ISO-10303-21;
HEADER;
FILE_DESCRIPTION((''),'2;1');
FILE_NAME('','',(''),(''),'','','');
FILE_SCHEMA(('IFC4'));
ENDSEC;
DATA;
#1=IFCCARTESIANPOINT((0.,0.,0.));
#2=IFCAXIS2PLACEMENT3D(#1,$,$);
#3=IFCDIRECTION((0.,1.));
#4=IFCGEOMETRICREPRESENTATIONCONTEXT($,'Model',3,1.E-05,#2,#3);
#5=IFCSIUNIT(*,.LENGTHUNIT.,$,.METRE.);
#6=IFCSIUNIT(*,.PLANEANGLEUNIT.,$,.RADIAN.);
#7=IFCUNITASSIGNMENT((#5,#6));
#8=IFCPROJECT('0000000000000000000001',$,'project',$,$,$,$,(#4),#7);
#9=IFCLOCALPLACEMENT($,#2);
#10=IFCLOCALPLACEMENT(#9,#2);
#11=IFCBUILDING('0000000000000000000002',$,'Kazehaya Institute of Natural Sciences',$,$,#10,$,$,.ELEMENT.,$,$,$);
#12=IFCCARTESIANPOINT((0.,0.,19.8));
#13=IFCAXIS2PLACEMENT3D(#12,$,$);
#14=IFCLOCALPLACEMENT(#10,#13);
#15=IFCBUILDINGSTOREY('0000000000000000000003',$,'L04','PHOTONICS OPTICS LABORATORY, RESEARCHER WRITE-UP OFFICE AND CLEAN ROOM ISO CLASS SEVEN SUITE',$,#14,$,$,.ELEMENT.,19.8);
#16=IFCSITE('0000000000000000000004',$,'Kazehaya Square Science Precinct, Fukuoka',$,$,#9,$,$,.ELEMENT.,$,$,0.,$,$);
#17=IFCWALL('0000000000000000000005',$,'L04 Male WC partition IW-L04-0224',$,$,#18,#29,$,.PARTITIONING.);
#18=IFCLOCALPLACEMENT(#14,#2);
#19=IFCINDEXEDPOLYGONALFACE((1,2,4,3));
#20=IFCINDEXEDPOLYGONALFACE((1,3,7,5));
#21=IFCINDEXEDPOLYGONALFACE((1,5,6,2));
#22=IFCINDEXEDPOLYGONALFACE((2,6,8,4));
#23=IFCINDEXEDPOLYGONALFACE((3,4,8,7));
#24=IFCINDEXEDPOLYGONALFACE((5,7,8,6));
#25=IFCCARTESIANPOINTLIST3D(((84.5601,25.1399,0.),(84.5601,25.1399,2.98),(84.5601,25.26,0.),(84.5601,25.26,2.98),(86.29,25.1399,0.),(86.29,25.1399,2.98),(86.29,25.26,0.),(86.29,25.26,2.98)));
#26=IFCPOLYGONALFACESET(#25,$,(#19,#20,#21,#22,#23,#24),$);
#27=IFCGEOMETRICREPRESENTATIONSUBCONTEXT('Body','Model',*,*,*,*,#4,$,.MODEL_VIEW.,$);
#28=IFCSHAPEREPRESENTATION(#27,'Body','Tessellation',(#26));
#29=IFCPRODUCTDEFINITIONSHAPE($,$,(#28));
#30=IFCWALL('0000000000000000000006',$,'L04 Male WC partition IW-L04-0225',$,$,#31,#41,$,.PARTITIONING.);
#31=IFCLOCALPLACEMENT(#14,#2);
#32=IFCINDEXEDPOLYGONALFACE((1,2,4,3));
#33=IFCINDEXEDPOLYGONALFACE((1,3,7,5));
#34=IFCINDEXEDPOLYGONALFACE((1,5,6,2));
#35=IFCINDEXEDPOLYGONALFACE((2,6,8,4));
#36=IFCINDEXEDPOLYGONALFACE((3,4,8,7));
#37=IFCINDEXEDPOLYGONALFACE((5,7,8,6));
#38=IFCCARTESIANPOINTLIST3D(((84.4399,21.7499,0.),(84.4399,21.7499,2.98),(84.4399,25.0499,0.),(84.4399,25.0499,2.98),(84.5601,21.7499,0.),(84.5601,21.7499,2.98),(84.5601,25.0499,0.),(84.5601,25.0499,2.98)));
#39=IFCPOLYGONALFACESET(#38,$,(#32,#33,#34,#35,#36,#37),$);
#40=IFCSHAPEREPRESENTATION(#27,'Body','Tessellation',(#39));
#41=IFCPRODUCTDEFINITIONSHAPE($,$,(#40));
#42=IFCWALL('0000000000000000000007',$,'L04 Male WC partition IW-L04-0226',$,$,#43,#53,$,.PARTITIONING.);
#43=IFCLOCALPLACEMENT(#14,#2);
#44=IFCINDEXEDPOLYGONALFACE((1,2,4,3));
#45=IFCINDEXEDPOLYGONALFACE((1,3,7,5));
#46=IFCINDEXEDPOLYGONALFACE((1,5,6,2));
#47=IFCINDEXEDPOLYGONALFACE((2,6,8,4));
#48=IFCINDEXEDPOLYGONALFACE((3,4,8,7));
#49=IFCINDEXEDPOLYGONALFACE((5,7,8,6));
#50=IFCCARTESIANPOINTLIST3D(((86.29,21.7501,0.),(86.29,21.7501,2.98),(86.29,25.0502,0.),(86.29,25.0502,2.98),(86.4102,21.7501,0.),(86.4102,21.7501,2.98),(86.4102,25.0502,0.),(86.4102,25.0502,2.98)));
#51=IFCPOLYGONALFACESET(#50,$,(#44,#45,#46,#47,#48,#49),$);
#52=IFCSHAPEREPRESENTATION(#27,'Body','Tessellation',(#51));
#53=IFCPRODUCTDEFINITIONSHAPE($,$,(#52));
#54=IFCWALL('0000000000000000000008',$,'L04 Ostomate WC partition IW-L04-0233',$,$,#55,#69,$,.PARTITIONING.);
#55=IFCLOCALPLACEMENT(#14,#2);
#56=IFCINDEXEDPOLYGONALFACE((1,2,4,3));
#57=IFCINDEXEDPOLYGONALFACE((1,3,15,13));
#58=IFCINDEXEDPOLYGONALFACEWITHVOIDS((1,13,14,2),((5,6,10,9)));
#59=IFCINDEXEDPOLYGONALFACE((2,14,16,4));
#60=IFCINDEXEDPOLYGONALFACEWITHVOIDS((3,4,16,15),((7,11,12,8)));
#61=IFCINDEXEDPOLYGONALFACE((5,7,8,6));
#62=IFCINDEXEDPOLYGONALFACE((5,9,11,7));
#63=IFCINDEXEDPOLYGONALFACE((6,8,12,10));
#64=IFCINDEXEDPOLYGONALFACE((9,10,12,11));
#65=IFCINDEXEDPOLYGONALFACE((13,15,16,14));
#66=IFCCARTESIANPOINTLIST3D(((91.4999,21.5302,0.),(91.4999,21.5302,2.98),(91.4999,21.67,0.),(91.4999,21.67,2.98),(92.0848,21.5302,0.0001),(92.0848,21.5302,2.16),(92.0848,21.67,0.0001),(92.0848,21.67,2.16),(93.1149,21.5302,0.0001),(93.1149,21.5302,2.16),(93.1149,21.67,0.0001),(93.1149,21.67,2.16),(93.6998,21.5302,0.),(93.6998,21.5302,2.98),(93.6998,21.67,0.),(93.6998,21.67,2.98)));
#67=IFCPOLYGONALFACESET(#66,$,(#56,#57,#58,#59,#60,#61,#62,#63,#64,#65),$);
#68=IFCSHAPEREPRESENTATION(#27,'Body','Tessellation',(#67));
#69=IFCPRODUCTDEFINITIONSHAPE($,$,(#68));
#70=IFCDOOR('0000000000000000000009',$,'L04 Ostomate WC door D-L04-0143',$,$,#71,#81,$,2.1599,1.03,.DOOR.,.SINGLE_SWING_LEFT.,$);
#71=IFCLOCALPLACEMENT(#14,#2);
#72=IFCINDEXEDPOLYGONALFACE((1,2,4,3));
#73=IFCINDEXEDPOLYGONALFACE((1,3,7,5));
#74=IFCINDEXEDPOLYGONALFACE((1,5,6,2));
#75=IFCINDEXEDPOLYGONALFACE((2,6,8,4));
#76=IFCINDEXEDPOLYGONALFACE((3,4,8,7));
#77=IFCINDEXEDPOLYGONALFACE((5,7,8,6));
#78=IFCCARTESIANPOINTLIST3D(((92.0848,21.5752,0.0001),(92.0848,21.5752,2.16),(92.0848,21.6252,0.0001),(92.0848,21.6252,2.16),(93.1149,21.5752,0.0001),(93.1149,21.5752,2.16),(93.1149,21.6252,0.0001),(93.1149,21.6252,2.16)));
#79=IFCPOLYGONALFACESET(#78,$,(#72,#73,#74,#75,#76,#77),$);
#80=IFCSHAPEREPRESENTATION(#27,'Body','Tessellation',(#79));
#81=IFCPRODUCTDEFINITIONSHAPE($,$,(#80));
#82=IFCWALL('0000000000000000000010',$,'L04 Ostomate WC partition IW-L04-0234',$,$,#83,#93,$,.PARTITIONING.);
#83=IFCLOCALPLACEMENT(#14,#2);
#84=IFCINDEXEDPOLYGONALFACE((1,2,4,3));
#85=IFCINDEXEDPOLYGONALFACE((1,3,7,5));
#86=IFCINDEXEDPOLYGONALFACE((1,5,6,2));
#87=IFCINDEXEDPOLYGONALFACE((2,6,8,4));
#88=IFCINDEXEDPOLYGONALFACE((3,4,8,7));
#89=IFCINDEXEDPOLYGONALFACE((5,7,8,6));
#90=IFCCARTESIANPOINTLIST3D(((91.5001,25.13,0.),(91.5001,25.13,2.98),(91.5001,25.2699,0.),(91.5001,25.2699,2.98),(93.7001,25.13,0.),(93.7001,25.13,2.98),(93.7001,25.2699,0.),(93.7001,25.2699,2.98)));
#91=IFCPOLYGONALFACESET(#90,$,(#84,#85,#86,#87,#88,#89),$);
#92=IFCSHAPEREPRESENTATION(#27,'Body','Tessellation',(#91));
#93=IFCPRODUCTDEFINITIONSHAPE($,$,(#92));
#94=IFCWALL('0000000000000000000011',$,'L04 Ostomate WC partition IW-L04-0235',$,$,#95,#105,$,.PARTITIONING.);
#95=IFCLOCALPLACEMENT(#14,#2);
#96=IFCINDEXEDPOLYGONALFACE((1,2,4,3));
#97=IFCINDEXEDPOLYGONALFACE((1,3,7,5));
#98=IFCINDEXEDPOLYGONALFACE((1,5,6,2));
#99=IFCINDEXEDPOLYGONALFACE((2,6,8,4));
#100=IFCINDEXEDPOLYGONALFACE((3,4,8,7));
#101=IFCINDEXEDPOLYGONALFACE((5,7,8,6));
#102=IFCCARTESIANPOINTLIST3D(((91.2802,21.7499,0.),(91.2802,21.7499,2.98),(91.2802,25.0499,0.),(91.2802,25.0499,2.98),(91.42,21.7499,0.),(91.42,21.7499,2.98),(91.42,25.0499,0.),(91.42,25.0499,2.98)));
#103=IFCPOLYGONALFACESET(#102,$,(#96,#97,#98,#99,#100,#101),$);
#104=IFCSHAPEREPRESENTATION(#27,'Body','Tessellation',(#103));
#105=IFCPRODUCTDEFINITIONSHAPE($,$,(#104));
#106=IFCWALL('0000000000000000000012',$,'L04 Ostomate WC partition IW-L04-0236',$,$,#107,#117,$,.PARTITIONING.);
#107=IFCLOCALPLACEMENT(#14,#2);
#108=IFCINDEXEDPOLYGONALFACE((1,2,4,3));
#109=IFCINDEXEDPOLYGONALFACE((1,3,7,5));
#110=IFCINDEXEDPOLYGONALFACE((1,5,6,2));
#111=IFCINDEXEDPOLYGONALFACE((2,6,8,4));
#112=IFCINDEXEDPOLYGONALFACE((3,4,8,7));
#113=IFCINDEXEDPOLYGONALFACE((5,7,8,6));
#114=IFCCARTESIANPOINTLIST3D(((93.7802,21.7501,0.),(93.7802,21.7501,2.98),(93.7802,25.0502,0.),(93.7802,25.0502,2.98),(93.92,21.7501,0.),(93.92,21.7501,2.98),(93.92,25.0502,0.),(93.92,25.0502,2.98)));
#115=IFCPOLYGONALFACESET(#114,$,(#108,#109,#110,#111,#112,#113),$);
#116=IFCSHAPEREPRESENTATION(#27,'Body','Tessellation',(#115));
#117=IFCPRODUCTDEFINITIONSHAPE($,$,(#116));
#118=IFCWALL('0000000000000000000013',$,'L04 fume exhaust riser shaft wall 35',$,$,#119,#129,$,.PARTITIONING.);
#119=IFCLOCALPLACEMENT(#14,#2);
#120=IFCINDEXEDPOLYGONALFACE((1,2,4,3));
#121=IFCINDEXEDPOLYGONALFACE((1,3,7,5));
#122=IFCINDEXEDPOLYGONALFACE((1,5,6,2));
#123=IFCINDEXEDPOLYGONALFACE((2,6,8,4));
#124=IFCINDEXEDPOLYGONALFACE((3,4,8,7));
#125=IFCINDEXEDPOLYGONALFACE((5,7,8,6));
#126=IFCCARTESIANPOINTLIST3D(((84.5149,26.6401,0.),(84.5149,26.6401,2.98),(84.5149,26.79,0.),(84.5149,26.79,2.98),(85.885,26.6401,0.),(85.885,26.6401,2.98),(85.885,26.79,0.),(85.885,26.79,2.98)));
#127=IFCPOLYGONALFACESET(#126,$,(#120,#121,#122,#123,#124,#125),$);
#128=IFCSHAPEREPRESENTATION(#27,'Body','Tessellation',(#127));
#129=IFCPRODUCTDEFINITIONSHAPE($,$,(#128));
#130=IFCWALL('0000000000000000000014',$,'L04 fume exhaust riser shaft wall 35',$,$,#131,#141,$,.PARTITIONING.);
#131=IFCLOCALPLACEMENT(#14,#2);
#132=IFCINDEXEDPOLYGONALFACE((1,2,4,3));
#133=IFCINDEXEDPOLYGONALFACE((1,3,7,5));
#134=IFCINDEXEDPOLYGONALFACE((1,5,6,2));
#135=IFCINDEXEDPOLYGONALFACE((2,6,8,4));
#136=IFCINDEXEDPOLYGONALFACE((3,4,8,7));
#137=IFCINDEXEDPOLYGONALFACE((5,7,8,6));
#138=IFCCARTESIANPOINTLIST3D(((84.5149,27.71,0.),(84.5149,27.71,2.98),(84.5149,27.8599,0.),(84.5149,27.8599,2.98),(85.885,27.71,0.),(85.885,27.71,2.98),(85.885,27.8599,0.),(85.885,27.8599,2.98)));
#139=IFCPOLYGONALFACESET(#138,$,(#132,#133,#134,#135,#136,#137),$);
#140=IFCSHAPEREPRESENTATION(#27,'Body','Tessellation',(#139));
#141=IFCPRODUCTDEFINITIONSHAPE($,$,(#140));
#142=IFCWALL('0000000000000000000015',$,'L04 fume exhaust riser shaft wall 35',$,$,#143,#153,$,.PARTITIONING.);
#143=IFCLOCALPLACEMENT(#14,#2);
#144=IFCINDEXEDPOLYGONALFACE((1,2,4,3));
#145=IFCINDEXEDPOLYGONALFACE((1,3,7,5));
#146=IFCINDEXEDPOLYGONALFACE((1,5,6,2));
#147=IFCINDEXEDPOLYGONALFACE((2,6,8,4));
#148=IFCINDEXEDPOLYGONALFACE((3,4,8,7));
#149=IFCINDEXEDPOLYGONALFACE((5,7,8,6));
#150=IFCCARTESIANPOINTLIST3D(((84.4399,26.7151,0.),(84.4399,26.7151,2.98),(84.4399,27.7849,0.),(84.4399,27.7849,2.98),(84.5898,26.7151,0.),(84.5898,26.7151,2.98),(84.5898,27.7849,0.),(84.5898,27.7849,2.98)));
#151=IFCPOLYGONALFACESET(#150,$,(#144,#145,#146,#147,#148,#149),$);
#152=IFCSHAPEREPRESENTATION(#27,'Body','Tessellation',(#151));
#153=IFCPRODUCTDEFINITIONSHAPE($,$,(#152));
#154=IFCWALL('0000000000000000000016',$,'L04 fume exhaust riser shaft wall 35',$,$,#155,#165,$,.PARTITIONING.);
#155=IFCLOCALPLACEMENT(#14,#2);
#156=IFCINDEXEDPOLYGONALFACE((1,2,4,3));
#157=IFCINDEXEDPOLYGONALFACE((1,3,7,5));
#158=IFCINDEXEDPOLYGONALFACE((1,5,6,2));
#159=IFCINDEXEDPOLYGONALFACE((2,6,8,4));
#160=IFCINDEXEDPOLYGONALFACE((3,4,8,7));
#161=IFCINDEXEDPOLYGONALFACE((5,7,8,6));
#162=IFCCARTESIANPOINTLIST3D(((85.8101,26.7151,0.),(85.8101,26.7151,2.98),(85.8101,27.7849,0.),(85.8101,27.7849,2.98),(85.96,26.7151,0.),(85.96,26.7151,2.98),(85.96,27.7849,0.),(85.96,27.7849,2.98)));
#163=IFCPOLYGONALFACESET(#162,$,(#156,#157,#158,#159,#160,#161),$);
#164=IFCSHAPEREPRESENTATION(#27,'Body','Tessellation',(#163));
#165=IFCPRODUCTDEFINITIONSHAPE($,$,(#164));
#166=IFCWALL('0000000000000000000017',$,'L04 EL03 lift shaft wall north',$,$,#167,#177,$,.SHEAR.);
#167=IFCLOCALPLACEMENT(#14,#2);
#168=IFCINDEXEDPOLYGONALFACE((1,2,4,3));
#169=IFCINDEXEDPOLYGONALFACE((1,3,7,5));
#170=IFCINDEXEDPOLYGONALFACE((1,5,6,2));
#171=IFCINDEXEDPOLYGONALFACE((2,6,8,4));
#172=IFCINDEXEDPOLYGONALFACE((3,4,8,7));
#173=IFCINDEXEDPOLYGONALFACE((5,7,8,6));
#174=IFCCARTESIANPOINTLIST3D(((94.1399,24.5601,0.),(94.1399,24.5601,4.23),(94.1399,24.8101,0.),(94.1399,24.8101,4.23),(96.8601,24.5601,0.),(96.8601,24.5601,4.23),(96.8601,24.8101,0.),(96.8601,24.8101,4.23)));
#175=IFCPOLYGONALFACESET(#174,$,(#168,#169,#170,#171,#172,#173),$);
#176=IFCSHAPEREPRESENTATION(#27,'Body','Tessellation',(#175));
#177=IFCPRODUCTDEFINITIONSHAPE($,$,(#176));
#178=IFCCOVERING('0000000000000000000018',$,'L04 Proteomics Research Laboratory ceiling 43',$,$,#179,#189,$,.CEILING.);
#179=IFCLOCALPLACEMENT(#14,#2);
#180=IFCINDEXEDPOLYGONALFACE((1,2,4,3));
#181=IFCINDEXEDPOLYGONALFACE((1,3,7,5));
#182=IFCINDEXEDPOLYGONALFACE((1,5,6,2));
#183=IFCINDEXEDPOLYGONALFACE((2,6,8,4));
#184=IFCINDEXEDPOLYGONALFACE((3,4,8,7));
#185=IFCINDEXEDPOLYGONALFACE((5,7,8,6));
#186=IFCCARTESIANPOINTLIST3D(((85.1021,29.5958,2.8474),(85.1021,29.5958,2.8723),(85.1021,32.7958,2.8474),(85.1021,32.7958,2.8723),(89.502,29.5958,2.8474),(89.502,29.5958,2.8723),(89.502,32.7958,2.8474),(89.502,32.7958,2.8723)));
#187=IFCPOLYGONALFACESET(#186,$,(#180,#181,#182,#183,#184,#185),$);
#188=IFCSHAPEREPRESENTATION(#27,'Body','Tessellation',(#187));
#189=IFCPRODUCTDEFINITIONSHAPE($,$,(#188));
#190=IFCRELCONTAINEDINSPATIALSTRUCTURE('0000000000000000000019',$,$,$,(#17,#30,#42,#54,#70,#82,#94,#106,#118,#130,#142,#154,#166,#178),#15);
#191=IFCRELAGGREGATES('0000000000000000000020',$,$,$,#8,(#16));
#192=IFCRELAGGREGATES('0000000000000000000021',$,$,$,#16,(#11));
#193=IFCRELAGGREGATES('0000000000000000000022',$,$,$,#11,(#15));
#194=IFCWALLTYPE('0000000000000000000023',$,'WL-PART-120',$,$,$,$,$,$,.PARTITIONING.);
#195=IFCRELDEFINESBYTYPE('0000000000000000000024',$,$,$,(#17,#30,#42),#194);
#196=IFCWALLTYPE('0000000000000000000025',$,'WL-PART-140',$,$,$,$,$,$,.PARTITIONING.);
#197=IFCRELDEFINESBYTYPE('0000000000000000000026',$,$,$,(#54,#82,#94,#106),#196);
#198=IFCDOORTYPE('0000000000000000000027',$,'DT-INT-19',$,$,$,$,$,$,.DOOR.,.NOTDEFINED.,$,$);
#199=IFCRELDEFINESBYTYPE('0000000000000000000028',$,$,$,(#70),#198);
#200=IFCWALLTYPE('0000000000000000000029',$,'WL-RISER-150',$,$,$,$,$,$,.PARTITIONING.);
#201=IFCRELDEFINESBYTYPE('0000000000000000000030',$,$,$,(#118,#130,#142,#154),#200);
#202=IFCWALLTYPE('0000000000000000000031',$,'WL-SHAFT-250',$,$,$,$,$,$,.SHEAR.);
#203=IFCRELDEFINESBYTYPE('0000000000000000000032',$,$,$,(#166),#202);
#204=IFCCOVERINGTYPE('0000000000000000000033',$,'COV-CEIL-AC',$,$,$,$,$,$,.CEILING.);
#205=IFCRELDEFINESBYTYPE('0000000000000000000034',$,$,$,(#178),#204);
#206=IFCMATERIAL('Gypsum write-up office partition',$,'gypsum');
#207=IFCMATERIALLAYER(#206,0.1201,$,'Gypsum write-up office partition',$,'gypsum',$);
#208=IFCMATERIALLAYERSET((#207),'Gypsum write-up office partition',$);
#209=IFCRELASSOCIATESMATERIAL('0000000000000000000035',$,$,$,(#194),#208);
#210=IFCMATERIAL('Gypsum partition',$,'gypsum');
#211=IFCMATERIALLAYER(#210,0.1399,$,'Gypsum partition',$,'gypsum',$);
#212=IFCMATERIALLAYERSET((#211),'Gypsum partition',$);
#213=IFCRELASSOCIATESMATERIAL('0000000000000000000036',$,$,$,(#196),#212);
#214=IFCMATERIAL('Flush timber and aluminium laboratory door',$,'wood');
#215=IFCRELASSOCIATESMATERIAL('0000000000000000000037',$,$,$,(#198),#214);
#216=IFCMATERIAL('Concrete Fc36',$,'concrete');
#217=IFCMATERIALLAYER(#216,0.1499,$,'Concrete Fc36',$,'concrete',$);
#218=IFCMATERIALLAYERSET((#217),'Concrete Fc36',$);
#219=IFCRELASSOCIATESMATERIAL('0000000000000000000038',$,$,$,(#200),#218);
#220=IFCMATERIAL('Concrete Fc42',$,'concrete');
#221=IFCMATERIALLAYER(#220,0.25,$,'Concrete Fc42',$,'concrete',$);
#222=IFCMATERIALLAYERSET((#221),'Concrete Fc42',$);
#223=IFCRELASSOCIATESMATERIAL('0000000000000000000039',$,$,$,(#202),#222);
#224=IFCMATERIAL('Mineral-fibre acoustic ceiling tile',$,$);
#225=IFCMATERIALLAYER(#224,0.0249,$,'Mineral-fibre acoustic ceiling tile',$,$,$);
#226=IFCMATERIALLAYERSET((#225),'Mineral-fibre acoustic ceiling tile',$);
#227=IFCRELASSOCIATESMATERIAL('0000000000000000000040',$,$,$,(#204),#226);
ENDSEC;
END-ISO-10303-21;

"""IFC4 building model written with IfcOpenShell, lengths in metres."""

from ifc_helpers import new_model, si_unit, direction, frame, frame_2d, origin, origin_2d, place, context, subcontext, project, spatial, rectangle, extrude, material, layer, layer_set, type_object, element, fill, save


model = new_model("IFC4")

# Units and contexts
model_context = context("Model", 3, precision=1e-05, world=origin(), true_north=direction((0.0, 1.0)))
body_context = subcontext(model_context, "Body", "Model", "MODEL_VIEW")
ifc_project = project(units=[si_unit("LENGTHUNIT", "METRE"), si_unit("PLANEANGLEUNIT", "RADIAN")], contexts=[model_context])

# Site, building, storey
site_placement = place(None, origin())
site = spatial("IfcSite", under=ifc_project, at=site_placement, Name="Kazehaya Square Science Precinct, Fukuoka", CompositionType="ELEMENT", RefElevation=0.0)
building_placement = place(site_placement, origin())
building = spatial("IfcBuilding", under=site, at=building_placement, Name="Kazehaya Institute of Natural Sciences", CompositionType="ELEMENT")
storey_placement = place(building_placement, frame((0.0, 0.0, 19.8)))
storey = spatial("IfcBuildingStorey", under=building, at=storey_placement, Name="L04", Description="PHOTONICS OPTICS LABORATORY, RESEARCHER WRITE-UP OFFICE AND CLEAN ROOM ISO CLASS SEVEN SUITE", CompositionType="ELEMENT", Elevation=19.8)

# Shared definitions
ifc_material_1 = material(Name="Concrete Fc42", Category="concrete")

# Shared definitions
ifc_material_2 = material(Name="Concrete Fc36", Category="concrete")

# Shared definitions
ifc_material_3 = material(Name="Flush timber and aluminium laboratory door", Category="wood")

# Walls
ifc_material_4 = material(Name="Gypsum write-up office partition", Category="gypsum")
ifc_layer_1 = layer(ifc_material_4, 0.1201, Name="Gypsum write-up office partition", Category="gypsum")
ifc_layer_set_1 = layer_set([ifc_layer_1], Name="Gypsum write-up office partition")
wall_type_1 = type_object("IfcWallType", Name="WL-PART-120", PredefinedType="PARTITIONING", material=ifc_layer_set_1)
wall_1_placement = place(storey_placement, frame((84.5601, 25.2, 0.0), z_axis=(0.0, 0.0, 1.0), x_axis=(1.0, 0.0, 0.0)))
element("IfcWall", 1, at=wall_1_placement, inside=storey, type_object=wall_type_1, Name="L04 Male WC partition IW-L04-0224", PredefinedType="PARTITIONING", context=body_context, shape_type="SweptSolid", body=[
    extrude(rectangle(XDim=1.73, YDim=0.1201, at=frame_2d((0.865, 0.0))), origin(), (0.0, 0.0, 1.0), 2.98),
])
for number, where, z_axis, x_axis, name in (
    (2, (84.5, 21.75, 0.0), (0.0, 0.0, 1.0), (0.0, 1.0, 0.0), "L04 Male WC partition IW-L04-0225"),
    (3, (86.3501, 25.05, 0.0), (0.0, 0.0, 1.0), (0.0, -1.0, 0.0), "L04 Male WC partition IW-L04-0226"),
):
    element("IfcWall", number, at=place(storey_placement, frame(where, z_axis=z_axis, x_axis=x_axis)), inside=storey, type_object=wall_type_1, Name=name, PredefinedType="PARTITIONING", context=body_context, shape_type="SweptSolid", body=[
        extrude(rectangle(XDim=3.3, YDim=0.1201, at=frame_2d((1.6499, 0.0))), origin(), (0.0, 0.0, 1.0), 2.98),
    ])

# Wall, opening, door
ifc_material_5 = material(Name="Gypsum partition", Category="gypsum")
ifc_layer_2 = layer(ifc_material_5, 0.1399, Name="Gypsum partition", Category="gypsum")
ifc_layer_set_2 = layer_set([ifc_layer_2], Name="Gypsum partition")
wall_type_2 = type_object("IfcWallType", Name="WL-PART-140", PredefinedType="PARTITIONING", material=ifc_layer_set_2)
wall_2_placement = place(storey_placement, frame((93.7, 21.6001, 0.0), z_axis=(0.0, 0.0, 1.0), x_axis=(-1.0, 0.0, 0.0)))
wall_2 = element("IfcWall", 4, at=wall_2_placement, inside=storey, type_object=wall_type_2, Name="L04 Ostomate WC partition IW-L04-0233", PredefinedType="PARTITIONING", context=body_context, shape_type="SweptSolid", body=[
    extrude(rectangle(XDim=2.2, YDim=0.1399, at=frame_2d((1.1001, 0.0))), origin(), (0.0, 0.0, 1.0), 2.98),
])
opening_1_placement = place(wall_2_placement, frame((0.585, 0.0, 0.0)))
opening_1 = element("IfcOpeningElement", 5, at=opening_1_placement, cuts=wall_2, PredefinedType="OPENING", context=body_context, shape_type="SweptSolid", body=[
    extrude(rectangle(XDim=1.03, YDim=2.1599, at=frame_2d((0.5151, 1.0801))), frame((0.0, 0.0798, 0.0), z_axis=(0.0, -1.0, 0.0), x_axis=(1.0, 0.0, 0.0)), (0.0, 0.0, 1.0), 0.1599),
])
door_type_1 = type_object("IfcDoorType", Name="DT-INT-19", OperationType="NOTDEFINED", PredefinedType="DOOR", material=ifc_material_3)
door_1_placement = place(opening_1_placement, origin())
door_1 = element("IfcDoor", 6, at=door_1_placement, inside=storey, type_object=door_type_1, Name="L04 Ostomate WC door D-L04-0143", OperationType="SINGLE_SWING_LEFT", OverallHeight=2.1599, OverallWidth=1.03, PredefinedType="DOOR", context=body_context, shape_type="SweptSolid", body=[
    extrude(rectangle(XDim=1.03, YDim=2.1599, at=frame_2d((0.5151, 1.0801))), frame((0.0, 0.0249, 0.0), z_axis=(0.0, -1.0, 0.0), x_axis=(1.0, 0.0, 0.0)), (0.0, 0.0, 1.0), 0.05),
])
fill(opening_1, door_1)

# Walls
wall_3_placement = place(storey_placement, frame((91.5, 25.2, 0.0), z_axis=(0.0, 0.0, 1.0), x_axis=(1.0, 0.0, 0.0)))
element("IfcWall", 7, at=wall_3_placement, inside=storey, type_object=wall_type_2, Name="L04 Ostomate WC partition IW-L04-0234", PredefinedType="PARTITIONING", context=body_context, shape_type="SweptSolid", body=[
    extrude(rectangle(XDim=2.2, YDim=0.1399, at=frame_2d((1.1001, 0.0))), origin(), (0.0, 0.0, 1.0), 2.98),
])
for number, where, z_axis, x_axis, name in (
    (8, (91.3501, 21.75, 0.0), (0.0, 0.0, 1.0), (0.0, 1.0, 0.0), "L04 Ostomate WC partition IW-L04-0235"),
    (9, (93.8501, 25.05, 0.0), (0.0, 0.0, 1.0), (0.0, -1.0, 0.0), "L04 Ostomate WC partition IW-L04-0236"),
):
    element("IfcWall", number, at=place(storey_placement, frame(where, z_axis=z_axis, x_axis=x_axis)), inside=storey, type_object=wall_type_2, Name=name, PredefinedType="PARTITIONING", context=body_context, shape_type="SweptSolid", body=[
        extrude(rectangle(XDim=3.3, YDim=0.1399, at=frame_2d((1.6499, 0.0))), origin(), (0.0, 0.0, 1.0), 2.98),
    ])
ifc_layer_3 = layer(ifc_material_2, 0.1499, Name="Concrete Fc36", Category="concrete")
ifc_layer_set_3 = layer_set([ifc_layer_3], Name="Concrete Fc36")
wall_type_3 = type_object("IfcWallType", Name="WL-RISER-150", PredefinedType="PARTITIONING", material=ifc_layer_set_3)
for number, where, z_axis, x_axis, name in (
    (10, (85.885, 26.7151, 0.0), (0.0, 0.0, 1.0), (-1.0, 0.0, 0.0), "L04 fume exhaust riser shaft wall 35"),
    (11, (84.5149, 27.7849, 0.0), (0.0, 0.0, 1.0), (1.0, 0.0, 0.0), "L04 fume exhaust riser shaft wall 35"),
):
    element("IfcWall", number, at=place(storey_placement, frame(where, z_axis=z_axis, x_axis=x_axis)), inside=storey, type_object=wall_type_3, Name=name, PredefinedType="PARTITIONING", context=body_context, shape_type="SweptSolid", body=[
        extrude(rectangle(XDim=1.3701, YDim=0.1499, at=frame_2d((0.6851, 0.0))), origin(), (0.0, 0.0, 1.0), 2.98),
    ])
for number, where, z_axis, x_axis, name in (
    (12, (84.5149, 26.7151, 0.0), (0.0, 0.0, 1.0), (0.0, 1.0, 0.0), "L04 fume exhaust riser shaft wall 35"),
    (13, (85.885, 27.7849, 0.0), (0.0, 0.0, 1.0), (0.0, -1.0, 0.0), "L04 fume exhaust riser shaft wall 35"),
):
    element("IfcWall", number, at=place(storey_placement, frame(where, z_axis=z_axis, x_axis=x_axis)), inside=storey, type_object=wall_type_3, Name=name, PredefinedType="PARTITIONING", context=body_context, shape_type="SweptSolid", body=[
        extrude(rectangle(XDim=1.0698, YDim=0.1499, at=frame_2d((0.5349, 0.0))), origin(), (0.0, 0.0, 1.0), 2.98),
    ])
ifc_layer_4 = layer(ifc_material_1, 0.25, Name="Concrete Fc42", Category="concrete")
ifc_layer_set_4 = layer_set([ifc_layer_4], Name="Concrete Fc42")
wall_type_4 = type_object("IfcWallType", Name="WL-SHAFT-250", PredefinedType="SHEAR", material=ifc_layer_set_4)
wall_4_placement = place(storey_placement, frame((94.1399, 24.6851, 0.0), z_axis=(0.0, 0.0, 1.0), x_axis=(1.0, 0.0, 0.0)))
element("IfcWall", 14, at=wall_4_placement, inside=storey, type_object=wall_type_4, Name="L04 EL03 lift shaft wall north", PredefinedType="SHEAR", context=body_context, shape_type="SweptSolid", body=[
    extrude(rectangle(XDim=2.7202, YDim=0.25, at=frame_2d((1.3601, 0.0))), origin(), (0.0, 0.0, 1.0), 4.23),
])

# Covering
ifc_material_6 = material(Name="Mineral-fibre acoustic ceiling tile")
ifc_layer_5 = layer(ifc_material_6, 0.0249, Name="Mineral-fibre acoustic ceiling tile")
ifc_layer_set_5 = layer_set([ifc_layer_5], Name="Mineral-fibre acoustic ceiling tile")
covering_type_1 = type_object("IfcCoveringType", Name="COV-CEIL-AC", PredefinedType="CEILING", material=ifc_layer_set_5)
covering_1_placement = place(storey_placement, frame((87.302, 31.1958, 2.8474), z_axis=(0.0, 0.0, 1.0), x_axis=(1.0, 0.0, 0.0)))
element("IfcCovering", 15, at=covering_1_placement, inside=storey, type_object=covering_type_1, Name="L04 Proteomics Research Laboratory ceiling 43", PredefinedType="CEILING", context=body_context, shape_type="SweptSolid", body=[
    extrude(rectangle(XDim=4.3999, YDim=3.2, at=origin_2d()), origin(), (0.0, 0.0, 1.0), 0.0249),
])

save(model, "model.ifc")
